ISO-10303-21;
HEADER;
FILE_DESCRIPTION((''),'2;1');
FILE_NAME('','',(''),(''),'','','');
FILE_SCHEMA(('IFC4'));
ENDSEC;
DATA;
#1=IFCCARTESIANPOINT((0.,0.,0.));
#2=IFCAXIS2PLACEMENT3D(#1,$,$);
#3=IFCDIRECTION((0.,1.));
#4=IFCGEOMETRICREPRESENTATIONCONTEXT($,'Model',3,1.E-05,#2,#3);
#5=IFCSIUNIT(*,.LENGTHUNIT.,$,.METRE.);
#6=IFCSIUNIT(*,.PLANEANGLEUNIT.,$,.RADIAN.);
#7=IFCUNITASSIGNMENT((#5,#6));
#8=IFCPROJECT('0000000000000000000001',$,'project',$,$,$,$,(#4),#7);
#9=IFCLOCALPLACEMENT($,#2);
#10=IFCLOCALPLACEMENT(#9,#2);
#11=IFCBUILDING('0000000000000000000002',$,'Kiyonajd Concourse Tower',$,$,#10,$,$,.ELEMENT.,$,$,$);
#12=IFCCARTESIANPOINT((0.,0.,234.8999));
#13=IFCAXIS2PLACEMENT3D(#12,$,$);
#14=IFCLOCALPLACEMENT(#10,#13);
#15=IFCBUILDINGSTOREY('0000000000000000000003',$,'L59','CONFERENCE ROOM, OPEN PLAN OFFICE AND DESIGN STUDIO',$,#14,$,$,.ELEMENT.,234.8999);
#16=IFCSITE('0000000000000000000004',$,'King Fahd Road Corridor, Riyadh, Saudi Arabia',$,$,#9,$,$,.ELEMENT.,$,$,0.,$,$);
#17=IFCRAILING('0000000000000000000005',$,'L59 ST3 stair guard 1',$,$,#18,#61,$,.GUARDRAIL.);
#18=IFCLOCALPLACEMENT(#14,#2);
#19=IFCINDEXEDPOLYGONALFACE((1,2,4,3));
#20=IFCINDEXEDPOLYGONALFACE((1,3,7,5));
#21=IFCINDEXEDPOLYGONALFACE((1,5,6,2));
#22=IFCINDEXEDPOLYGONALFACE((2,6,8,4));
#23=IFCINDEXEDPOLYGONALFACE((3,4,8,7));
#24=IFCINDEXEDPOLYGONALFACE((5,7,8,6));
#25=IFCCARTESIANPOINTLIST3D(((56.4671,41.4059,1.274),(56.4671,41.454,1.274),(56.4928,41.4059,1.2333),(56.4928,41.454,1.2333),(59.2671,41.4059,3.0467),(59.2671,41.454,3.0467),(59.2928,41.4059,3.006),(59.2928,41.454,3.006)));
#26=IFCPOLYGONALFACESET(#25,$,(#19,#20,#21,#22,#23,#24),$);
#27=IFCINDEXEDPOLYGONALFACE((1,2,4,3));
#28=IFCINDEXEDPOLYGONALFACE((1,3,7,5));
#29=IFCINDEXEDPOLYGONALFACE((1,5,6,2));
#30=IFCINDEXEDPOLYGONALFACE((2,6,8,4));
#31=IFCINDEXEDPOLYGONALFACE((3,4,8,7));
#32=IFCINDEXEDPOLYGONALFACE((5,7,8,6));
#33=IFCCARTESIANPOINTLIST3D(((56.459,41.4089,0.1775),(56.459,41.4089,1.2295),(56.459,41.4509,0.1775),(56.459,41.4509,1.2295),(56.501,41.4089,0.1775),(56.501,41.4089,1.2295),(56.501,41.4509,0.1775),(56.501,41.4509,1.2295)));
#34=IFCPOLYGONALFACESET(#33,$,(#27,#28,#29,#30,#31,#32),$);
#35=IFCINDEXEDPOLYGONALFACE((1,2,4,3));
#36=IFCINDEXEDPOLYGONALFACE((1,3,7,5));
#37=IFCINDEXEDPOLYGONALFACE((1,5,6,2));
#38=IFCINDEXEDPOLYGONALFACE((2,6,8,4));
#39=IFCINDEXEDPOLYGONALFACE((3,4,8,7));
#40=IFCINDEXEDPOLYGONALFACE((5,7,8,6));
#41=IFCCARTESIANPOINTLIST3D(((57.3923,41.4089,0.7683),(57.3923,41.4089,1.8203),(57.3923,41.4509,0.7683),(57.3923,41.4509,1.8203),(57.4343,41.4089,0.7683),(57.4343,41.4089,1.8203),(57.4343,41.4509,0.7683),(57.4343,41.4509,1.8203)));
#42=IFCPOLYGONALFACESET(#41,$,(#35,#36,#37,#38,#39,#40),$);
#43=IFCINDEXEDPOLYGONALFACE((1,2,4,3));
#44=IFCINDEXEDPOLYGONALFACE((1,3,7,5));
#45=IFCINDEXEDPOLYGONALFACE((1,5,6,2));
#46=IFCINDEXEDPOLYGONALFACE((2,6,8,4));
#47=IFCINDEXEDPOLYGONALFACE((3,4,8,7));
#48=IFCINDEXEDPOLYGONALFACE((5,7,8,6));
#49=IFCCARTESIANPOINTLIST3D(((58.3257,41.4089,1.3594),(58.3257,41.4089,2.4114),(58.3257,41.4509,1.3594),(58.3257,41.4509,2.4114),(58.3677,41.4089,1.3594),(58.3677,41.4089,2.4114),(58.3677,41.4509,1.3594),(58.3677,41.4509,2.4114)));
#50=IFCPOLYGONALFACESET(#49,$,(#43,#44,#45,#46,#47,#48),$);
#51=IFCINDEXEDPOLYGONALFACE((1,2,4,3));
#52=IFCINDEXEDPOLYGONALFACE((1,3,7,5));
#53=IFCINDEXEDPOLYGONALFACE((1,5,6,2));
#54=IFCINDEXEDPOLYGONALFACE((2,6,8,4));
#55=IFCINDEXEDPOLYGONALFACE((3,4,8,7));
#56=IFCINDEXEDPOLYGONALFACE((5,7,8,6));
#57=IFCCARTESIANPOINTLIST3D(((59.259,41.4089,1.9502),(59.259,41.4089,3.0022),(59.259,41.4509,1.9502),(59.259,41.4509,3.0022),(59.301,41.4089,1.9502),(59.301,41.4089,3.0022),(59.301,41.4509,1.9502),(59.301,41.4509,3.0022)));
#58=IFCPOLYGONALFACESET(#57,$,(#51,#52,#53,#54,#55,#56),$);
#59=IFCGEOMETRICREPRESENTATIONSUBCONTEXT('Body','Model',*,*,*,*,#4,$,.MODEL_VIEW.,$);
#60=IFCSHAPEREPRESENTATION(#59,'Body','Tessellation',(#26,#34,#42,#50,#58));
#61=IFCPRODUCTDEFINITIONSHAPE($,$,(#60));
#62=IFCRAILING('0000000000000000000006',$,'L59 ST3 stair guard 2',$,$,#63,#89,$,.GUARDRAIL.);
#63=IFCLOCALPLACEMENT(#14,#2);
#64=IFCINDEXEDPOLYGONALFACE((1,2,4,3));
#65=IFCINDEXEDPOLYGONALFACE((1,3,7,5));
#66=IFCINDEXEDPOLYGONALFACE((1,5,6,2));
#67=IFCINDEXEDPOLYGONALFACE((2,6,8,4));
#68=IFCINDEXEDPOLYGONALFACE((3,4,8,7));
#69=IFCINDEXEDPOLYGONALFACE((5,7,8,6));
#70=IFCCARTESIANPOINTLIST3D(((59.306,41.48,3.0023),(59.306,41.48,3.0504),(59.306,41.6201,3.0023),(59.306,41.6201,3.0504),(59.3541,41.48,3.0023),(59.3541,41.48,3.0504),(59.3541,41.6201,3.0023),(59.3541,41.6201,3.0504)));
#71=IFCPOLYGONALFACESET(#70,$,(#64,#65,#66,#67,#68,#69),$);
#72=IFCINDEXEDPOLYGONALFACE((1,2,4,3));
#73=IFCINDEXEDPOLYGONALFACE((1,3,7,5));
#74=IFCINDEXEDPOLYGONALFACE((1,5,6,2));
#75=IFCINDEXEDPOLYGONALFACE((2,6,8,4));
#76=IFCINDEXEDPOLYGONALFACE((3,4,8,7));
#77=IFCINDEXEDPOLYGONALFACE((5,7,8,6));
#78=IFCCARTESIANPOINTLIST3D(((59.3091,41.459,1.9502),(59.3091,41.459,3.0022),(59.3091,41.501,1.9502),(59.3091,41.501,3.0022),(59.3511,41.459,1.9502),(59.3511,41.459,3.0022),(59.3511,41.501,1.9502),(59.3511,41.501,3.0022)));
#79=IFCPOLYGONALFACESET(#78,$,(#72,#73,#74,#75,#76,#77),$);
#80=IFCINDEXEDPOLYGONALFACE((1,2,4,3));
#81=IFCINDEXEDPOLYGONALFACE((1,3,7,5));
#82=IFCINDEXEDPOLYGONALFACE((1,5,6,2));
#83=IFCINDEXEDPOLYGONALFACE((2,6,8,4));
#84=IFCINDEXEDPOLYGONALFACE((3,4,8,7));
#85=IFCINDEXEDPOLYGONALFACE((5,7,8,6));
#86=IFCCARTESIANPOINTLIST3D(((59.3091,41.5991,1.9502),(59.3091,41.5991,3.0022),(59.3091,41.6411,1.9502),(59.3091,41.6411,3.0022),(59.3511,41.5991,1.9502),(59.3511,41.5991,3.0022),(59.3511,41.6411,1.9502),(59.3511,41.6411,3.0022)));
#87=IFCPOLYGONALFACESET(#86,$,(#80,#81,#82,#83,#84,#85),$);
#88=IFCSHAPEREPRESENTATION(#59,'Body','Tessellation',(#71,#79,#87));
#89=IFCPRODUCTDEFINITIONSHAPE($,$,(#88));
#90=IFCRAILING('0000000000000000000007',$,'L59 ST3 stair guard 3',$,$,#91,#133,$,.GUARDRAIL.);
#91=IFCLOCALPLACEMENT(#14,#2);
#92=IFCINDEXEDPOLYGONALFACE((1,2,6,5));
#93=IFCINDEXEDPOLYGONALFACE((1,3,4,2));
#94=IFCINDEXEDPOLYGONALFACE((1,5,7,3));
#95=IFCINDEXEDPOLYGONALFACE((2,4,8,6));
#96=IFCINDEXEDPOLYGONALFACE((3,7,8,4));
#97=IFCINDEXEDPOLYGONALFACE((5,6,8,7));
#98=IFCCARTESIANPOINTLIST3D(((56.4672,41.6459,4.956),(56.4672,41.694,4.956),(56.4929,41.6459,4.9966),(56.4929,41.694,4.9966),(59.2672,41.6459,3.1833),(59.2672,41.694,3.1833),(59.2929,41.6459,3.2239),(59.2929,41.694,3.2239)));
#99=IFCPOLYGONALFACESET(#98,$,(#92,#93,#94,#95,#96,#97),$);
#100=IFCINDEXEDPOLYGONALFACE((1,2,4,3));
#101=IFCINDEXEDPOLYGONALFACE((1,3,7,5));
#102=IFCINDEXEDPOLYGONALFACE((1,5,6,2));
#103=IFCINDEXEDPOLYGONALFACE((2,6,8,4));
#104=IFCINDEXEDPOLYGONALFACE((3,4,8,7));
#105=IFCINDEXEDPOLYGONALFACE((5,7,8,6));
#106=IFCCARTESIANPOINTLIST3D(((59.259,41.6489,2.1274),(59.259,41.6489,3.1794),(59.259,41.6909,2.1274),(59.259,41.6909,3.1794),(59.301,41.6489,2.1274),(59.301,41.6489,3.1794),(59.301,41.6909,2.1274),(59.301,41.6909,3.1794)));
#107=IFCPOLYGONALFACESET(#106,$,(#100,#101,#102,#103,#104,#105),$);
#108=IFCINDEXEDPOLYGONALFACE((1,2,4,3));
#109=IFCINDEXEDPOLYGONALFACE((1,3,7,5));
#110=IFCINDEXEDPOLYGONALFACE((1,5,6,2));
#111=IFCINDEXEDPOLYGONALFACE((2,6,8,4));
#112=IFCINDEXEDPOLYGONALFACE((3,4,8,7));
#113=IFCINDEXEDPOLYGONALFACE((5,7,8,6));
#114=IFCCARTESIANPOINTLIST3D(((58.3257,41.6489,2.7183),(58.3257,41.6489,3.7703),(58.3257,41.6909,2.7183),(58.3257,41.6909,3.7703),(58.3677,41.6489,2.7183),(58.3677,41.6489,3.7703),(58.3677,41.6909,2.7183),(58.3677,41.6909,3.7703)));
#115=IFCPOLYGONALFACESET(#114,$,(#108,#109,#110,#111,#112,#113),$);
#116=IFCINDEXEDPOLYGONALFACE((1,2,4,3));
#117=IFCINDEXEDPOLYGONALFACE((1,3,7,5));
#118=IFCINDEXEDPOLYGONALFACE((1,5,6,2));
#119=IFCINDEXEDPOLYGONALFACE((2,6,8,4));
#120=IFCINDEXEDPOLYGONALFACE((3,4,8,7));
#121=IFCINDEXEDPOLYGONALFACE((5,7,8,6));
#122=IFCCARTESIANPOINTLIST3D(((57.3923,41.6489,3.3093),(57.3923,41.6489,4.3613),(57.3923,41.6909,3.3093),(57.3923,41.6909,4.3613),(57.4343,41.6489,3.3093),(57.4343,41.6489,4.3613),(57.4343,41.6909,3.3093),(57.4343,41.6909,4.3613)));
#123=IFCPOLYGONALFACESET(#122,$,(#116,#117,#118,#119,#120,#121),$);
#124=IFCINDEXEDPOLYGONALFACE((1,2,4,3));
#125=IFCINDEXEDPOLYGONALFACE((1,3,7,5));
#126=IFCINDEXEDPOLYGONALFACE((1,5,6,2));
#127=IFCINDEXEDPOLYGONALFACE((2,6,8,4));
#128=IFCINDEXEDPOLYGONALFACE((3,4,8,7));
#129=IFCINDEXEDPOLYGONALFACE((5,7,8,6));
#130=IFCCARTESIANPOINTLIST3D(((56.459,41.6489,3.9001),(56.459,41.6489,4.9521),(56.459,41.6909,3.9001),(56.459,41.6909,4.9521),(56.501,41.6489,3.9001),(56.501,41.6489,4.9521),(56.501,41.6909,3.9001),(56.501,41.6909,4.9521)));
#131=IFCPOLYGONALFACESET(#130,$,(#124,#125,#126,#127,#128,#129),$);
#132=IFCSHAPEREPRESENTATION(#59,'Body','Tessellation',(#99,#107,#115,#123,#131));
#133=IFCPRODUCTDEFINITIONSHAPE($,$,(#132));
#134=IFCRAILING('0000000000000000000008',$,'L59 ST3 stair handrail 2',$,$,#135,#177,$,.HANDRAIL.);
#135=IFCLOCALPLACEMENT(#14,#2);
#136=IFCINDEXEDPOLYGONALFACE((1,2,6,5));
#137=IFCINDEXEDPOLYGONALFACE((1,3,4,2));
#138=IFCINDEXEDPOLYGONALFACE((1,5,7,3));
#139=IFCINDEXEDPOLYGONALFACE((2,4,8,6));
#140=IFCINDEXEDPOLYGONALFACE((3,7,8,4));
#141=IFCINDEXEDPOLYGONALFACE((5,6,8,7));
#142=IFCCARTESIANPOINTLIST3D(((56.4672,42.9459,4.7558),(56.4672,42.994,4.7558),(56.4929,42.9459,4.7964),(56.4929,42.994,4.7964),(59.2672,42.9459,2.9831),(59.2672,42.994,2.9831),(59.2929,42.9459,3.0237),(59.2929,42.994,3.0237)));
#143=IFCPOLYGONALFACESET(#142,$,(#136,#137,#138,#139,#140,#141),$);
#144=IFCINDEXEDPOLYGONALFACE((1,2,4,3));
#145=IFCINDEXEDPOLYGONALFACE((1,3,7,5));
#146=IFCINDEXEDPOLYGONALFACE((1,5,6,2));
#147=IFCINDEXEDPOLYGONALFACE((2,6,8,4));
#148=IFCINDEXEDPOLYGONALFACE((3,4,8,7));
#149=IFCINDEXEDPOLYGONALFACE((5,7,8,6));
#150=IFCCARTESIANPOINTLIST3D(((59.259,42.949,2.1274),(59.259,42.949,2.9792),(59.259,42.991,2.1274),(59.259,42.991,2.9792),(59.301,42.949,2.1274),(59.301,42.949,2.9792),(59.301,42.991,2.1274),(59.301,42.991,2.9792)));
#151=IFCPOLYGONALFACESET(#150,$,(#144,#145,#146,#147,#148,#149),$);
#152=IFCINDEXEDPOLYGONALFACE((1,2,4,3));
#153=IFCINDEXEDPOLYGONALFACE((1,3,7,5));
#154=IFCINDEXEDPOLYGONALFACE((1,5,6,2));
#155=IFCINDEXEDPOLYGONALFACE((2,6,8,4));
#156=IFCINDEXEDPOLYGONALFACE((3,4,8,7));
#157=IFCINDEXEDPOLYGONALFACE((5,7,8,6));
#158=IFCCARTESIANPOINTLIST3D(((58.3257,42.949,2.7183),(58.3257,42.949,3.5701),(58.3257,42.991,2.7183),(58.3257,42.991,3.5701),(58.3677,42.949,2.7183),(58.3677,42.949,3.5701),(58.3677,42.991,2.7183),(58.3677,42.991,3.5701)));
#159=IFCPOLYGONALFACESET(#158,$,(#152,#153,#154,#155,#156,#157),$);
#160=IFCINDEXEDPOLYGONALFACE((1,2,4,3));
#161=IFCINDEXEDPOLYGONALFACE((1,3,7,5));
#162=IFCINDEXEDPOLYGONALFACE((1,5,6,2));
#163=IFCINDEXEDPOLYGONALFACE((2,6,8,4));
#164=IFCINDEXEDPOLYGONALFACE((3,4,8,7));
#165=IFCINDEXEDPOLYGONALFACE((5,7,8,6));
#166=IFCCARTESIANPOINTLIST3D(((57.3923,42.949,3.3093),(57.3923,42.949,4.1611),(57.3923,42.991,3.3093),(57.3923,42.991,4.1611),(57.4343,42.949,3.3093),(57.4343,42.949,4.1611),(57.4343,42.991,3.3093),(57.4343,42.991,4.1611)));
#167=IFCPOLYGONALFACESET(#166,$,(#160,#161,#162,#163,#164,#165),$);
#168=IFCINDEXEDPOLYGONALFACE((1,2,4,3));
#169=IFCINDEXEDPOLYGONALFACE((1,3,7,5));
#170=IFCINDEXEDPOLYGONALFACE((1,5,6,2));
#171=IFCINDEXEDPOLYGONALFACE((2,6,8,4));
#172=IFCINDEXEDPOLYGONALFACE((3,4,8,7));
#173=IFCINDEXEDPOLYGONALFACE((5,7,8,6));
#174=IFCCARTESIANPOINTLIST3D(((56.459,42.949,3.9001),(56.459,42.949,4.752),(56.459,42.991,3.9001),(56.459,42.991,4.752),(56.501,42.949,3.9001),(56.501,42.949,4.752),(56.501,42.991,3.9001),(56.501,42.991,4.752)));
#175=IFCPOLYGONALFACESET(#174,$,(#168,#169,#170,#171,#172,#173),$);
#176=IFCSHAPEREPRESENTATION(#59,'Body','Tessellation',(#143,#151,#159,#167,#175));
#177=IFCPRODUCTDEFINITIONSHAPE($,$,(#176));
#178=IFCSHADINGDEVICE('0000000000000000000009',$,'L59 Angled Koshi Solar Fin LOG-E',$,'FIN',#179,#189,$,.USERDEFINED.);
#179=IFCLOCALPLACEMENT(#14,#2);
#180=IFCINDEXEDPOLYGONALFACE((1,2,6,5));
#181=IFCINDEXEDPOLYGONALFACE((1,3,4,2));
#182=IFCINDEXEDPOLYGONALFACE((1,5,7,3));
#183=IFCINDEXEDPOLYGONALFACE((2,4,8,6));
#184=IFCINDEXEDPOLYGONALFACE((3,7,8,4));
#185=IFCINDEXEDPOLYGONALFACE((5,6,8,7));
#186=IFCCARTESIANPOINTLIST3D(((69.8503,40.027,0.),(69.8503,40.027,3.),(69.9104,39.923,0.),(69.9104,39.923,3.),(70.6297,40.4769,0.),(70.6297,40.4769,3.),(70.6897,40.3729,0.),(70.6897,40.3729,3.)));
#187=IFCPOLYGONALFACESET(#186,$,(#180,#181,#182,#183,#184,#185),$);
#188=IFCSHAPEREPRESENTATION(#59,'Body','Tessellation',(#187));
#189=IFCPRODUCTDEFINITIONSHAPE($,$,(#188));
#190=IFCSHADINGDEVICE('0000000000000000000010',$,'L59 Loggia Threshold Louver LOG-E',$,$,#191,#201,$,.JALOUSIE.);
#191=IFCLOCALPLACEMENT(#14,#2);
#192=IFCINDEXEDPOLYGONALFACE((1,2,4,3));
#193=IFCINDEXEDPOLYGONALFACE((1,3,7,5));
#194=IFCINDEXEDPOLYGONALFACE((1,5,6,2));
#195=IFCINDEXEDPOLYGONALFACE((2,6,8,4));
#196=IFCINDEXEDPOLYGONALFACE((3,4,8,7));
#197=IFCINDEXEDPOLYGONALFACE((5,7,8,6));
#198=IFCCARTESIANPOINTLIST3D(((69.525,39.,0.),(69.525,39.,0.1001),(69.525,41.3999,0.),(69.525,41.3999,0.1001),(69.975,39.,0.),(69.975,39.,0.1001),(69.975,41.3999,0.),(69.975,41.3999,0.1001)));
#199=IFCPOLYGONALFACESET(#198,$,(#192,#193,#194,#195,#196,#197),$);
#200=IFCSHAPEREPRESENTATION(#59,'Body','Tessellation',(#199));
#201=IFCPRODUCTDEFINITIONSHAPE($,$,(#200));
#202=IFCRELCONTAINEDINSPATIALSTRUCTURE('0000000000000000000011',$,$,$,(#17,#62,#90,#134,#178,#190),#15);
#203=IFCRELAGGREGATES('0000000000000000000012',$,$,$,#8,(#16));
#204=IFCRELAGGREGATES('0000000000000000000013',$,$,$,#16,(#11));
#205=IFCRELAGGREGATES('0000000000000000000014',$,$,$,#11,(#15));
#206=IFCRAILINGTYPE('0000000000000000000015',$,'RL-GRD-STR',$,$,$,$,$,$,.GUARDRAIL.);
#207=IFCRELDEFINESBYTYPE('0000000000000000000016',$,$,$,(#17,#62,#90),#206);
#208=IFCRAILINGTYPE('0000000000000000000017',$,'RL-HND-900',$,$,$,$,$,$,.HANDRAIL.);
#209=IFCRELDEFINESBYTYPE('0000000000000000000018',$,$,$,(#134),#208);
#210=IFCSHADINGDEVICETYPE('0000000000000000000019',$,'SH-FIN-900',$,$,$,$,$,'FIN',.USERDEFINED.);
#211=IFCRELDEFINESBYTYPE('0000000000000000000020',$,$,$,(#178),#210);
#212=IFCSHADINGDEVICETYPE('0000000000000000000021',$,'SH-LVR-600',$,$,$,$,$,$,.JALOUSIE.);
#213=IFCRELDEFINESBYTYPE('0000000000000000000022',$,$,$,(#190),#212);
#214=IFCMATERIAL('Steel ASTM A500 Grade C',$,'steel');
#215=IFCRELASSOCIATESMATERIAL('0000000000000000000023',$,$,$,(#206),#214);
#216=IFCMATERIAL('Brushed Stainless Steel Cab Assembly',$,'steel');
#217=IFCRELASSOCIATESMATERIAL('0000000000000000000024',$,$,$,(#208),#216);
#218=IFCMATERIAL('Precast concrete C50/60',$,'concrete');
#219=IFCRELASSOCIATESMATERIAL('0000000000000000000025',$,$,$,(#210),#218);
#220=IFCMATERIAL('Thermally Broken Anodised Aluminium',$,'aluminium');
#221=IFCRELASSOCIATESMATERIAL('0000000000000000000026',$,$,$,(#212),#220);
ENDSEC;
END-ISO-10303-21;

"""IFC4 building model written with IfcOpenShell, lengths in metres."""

from ifc_helpers import new_model, si_unit, direction, frame, origin, origin_2d, place, context, subcontext, project, spatial, rectangle, extrude, material, type_object, element, save


model = new_model("IFC4")

# Units and contexts
model_context = context("Model", 3, precision=1e-05, world=origin(), true_north=direction((0.0, 1.0)))
body_context = subcontext(model_context, "Body", "Model", "MODEL_VIEW")
ifc_project = project(units=[si_unit("LENGTHUNIT", "METRE"), si_unit("PLANEANGLEUNIT", "RADIAN")], contexts=[model_context])

# Site, building, storey
site_placement = place(None, origin())
site = spatial("IfcSite", under=ifc_project, at=site_placement, Name="King Fahd Road Corridor, Riyadh, Saudi Arabia", CompositionType="ELEMENT", RefElevation=0.0)
building_placement = place(site_placement, origin())
building = spatial("IfcBuilding", under=site, at=building_placement, Name="Kiyonajd Concourse Tower", CompositionType="ELEMENT")
storey_placement = place(building_placement, frame((0.0, 0.0, 234.8999)))
storey = spatial("IfcBuildingStorey", under=building, at=storey_placement, Name="L59", Description="CONFERENCE ROOM, OPEN PLAN OFFICE AND DESIGN STUDIO", CompositionType="ELEMENT", Elevation=234.8999)

# Shared definitions
ifc_material_1 = material(Name="Thermally Broken Anodised Aluminium", Category="aluminium")

# Shared definitions
ifc_material_2 = material(Name="Precast concrete C50/60", Category="concrete")

# Railings
ifc_material_3 = material(Name="Steel ASTM A500 Grade C", Category="steel")
railing_type_1 = type_object("IfcRailingType", Name="RL-GRD-STR", PredefinedType="GUARDRAIL", material=ifc_material_3)
railing_1_placement = place(storey_placement, frame((56.48, 41.4299, 0.1775)))
element("IfcRailing", 1, at=railing_1_placement, inside=storey, type_object=railing_type_1, Name="L59 ST3 stair guard 1", PredefinedType="GUARDRAIL", context=body_context, shape_type="SweptSolid", body=[
    extrude(rectangle(XDim=0.0481, YDim=0.0481, at=origin_2d()), frame((0.0, 0.0, 1.0762), z_axis=(0.844909, 0.0, 0.53491), x_axis=(0.0, 1.0, 0.0)), (0.0, 0.0, 1.0), 3.314),
    extrude(rectangle(XDim=0.042, YDim=0.042, at=origin_2d()), origin(), (0.0, 0.0, 1.0), 1.052),
    extrude(rectangle(XDim=0.042, YDim=0.042, at=origin_2d()), frame((0.9333, 0.0, 0.5908)), (0.0, 0.0, 1.0), 1.052),
    extrude(rectangle(XDim=0.042, YDim=0.042, at=origin_2d()), frame((1.8667, 0.0, 1.1819)), (0.0, 0.0, 1.0), 1.052),
    extrude(rectangle(XDim=0.042, YDim=0.042, at=origin_2d()), frame((2.8, 0.0, 1.7727)), (0.0, 0.0, 1.0), 1.052),
])
railing_2_placement = place(storey_placement, frame((59.3301, 41.48, 1.9502)))
element("IfcRailing", 2, at=railing_2_placement, inside=storey, type_object=railing_type_1, Name="L59 ST3 stair guard 2", PredefinedType="GUARDRAIL", context=body_context, shape_type="SweptSolid", body=[
    extrude(rectangle(XDim=0.0481, YDim=0.0481, at=origin_2d()), frame((0.0, 0.0, 1.0762), z_axis=(0.0, 1.0, 0.0), x_axis=(-1.0, 0.0, 0.0)), (0.0, 0.0, 1.0), 0.1401),
    extrude(rectangle(XDim=0.042, YDim=0.042, at=origin_2d()), origin(), (0.0, 0.0, 1.0), 1.052),
    extrude(rectangle(XDim=0.042, YDim=0.042, at=origin_2d()), frame((0.0, 0.1401, 0.0)), (0.0, 0.0, 1.0), 1.052),
])
railing_3_placement = place(storey_placement, frame((59.28, 41.6699, 2.1274)))
element("IfcRailing", 3, at=railing_3_placement, inside=storey, type_object=railing_type_1, Name="L59 ST3 stair guard 3", PredefinedType="GUARDRAIL", context=body_context, shape_type="SweptSolid", body=[
    extrude(rectangle(XDim=0.0481, YDim=0.0481, at=origin_2d()), frame((0.0, 0.0, 1.0762), z_axis=(-0.844909, 0.0, 0.53491), x_axis=(0.0, -1.0, 0.0)), (0.0, 0.0, 1.0), 3.314),
    extrude(rectangle(XDim=0.042, YDim=0.042, at=origin_2d()), origin(), (0.0, 0.0, 1.0), 1.052),
    extrude(rectangle(XDim=0.042, YDim=0.042, at=origin_2d()), frame((-0.9333, 0.0, 0.5908)), (0.0, 0.0, 1.0), 1.052),
    extrude(rectangle(XDim=0.042, YDim=0.042, at=origin_2d()), frame((-1.8667, 0.0, 1.1819)), (0.0, 0.0, 1.0), 1.052),
    extrude(rectangle(XDim=0.042, YDim=0.042, at=origin_2d()), frame((-2.8, 0.0, 1.7727)), (0.0, 0.0, 1.0), 1.052),
])
ifc_material_4 = material(Name="Brushed Stainless Steel Cab Assembly", Category="steel")
railing_type_2 = type_object("IfcRailingType", Name="RL-HND-900", PredefinedType="HANDRAIL", material=ifc_material_4)
railing_4_placement = place(storey_placement, frame((59.28, 42.97, 2.1274)))
element("IfcRailing", 4, at=railing_4_placement, inside=storey, type_object=railing_type_2, Name="L59 ST3 stair handrail 2", PredefinedType="HANDRAIL", context=body_context, shape_type="SweptSolid", body=[
    extrude(rectangle(XDim=0.0481, YDim=0.0481, at=origin_2d()), frame((0.0, 0.0, 0.876), z_axis=(-0.844909, 0.0, 0.53491), x_axis=(0.0, -1.0, 0.0)), (0.0, 0.0, 1.0), 3.314),
    extrude(rectangle(XDim=0.042, YDim=0.042, at=origin_2d()), origin(), (0.0, 0.0, 1.0), 0.8518),
    extrude(rectangle(XDim=0.042, YDim=0.042, at=origin_2d()), frame((-0.9333, 0.0, 0.5908)), (0.0, 0.0, 1.0), 0.8518),
    extrude(rectangle(XDim=0.042, YDim=0.042, at=origin_2d()), frame((-1.8667, 0.0, 1.1819)), (0.0, 0.0, 1.0), 0.8518),
    extrude(rectangle(XDim=0.042, YDim=0.042, at=origin_2d()), frame((-2.8, 0.0, 1.7727)), (0.0, 0.0, 1.0), 0.8518),
])

# Shading devices
shading_device_type_1 = type_object("IfcShadingDeviceType", Name="SH-FIN-900", ElementType="FIN", PredefinedType="USERDEFINED", material=ifc_material_2)
shading_device_1_placement = place(storey_placement, frame((70.27, 40.2, 0.0), z_axis=(0.0, 0.0, 1.0), x_axis=(0.866025, 0.5, 0.0)))
element("IfcShadingDevice", 5, at=shading_device_1_placement, inside=storey, type_object=shading_device_type_1, Name="L59 Angled Koshi Solar Fin LOG-E", ObjectType="FIN", PredefinedType="USERDEFINED", context=body_context, shape_type="SweptSolid", body=[
    extrude(rectangle(XDim=0.8999, YDim=0.1201, at=origin_2d()), origin(), (0.0, 0.0, 1.0), 3.0),
])
shading_device_type_2 = type_object("IfcShadingDeviceType", Name="SH-LVR-600", PredefinedType="JALOUSIE", material=ifc_material_1)
shading_device_2_placement = place(storey_placement, frame((69.75, 40.2, 0.0), z_axis=(0.0, 0.0, 1.0), x_axis=(0.0, 1.0, 0.0)))
element("IfcShadingDevice", 6, at=shading_device_2_placement, inside=storey, type_object=shading_device_type_2, Name="L59 Loggia Threshold Louver LOG-E", PredefinedType="JALOUSIE", context=body_context, shape_type="SweptSolid", body=[
    extrude(rectangle(XDim=2.3999, YDim=0.45, at=origin_2d()), origin(), (0.0, 0.0, 1.0), 0.1001),
])

save(model, "model.ifc")
